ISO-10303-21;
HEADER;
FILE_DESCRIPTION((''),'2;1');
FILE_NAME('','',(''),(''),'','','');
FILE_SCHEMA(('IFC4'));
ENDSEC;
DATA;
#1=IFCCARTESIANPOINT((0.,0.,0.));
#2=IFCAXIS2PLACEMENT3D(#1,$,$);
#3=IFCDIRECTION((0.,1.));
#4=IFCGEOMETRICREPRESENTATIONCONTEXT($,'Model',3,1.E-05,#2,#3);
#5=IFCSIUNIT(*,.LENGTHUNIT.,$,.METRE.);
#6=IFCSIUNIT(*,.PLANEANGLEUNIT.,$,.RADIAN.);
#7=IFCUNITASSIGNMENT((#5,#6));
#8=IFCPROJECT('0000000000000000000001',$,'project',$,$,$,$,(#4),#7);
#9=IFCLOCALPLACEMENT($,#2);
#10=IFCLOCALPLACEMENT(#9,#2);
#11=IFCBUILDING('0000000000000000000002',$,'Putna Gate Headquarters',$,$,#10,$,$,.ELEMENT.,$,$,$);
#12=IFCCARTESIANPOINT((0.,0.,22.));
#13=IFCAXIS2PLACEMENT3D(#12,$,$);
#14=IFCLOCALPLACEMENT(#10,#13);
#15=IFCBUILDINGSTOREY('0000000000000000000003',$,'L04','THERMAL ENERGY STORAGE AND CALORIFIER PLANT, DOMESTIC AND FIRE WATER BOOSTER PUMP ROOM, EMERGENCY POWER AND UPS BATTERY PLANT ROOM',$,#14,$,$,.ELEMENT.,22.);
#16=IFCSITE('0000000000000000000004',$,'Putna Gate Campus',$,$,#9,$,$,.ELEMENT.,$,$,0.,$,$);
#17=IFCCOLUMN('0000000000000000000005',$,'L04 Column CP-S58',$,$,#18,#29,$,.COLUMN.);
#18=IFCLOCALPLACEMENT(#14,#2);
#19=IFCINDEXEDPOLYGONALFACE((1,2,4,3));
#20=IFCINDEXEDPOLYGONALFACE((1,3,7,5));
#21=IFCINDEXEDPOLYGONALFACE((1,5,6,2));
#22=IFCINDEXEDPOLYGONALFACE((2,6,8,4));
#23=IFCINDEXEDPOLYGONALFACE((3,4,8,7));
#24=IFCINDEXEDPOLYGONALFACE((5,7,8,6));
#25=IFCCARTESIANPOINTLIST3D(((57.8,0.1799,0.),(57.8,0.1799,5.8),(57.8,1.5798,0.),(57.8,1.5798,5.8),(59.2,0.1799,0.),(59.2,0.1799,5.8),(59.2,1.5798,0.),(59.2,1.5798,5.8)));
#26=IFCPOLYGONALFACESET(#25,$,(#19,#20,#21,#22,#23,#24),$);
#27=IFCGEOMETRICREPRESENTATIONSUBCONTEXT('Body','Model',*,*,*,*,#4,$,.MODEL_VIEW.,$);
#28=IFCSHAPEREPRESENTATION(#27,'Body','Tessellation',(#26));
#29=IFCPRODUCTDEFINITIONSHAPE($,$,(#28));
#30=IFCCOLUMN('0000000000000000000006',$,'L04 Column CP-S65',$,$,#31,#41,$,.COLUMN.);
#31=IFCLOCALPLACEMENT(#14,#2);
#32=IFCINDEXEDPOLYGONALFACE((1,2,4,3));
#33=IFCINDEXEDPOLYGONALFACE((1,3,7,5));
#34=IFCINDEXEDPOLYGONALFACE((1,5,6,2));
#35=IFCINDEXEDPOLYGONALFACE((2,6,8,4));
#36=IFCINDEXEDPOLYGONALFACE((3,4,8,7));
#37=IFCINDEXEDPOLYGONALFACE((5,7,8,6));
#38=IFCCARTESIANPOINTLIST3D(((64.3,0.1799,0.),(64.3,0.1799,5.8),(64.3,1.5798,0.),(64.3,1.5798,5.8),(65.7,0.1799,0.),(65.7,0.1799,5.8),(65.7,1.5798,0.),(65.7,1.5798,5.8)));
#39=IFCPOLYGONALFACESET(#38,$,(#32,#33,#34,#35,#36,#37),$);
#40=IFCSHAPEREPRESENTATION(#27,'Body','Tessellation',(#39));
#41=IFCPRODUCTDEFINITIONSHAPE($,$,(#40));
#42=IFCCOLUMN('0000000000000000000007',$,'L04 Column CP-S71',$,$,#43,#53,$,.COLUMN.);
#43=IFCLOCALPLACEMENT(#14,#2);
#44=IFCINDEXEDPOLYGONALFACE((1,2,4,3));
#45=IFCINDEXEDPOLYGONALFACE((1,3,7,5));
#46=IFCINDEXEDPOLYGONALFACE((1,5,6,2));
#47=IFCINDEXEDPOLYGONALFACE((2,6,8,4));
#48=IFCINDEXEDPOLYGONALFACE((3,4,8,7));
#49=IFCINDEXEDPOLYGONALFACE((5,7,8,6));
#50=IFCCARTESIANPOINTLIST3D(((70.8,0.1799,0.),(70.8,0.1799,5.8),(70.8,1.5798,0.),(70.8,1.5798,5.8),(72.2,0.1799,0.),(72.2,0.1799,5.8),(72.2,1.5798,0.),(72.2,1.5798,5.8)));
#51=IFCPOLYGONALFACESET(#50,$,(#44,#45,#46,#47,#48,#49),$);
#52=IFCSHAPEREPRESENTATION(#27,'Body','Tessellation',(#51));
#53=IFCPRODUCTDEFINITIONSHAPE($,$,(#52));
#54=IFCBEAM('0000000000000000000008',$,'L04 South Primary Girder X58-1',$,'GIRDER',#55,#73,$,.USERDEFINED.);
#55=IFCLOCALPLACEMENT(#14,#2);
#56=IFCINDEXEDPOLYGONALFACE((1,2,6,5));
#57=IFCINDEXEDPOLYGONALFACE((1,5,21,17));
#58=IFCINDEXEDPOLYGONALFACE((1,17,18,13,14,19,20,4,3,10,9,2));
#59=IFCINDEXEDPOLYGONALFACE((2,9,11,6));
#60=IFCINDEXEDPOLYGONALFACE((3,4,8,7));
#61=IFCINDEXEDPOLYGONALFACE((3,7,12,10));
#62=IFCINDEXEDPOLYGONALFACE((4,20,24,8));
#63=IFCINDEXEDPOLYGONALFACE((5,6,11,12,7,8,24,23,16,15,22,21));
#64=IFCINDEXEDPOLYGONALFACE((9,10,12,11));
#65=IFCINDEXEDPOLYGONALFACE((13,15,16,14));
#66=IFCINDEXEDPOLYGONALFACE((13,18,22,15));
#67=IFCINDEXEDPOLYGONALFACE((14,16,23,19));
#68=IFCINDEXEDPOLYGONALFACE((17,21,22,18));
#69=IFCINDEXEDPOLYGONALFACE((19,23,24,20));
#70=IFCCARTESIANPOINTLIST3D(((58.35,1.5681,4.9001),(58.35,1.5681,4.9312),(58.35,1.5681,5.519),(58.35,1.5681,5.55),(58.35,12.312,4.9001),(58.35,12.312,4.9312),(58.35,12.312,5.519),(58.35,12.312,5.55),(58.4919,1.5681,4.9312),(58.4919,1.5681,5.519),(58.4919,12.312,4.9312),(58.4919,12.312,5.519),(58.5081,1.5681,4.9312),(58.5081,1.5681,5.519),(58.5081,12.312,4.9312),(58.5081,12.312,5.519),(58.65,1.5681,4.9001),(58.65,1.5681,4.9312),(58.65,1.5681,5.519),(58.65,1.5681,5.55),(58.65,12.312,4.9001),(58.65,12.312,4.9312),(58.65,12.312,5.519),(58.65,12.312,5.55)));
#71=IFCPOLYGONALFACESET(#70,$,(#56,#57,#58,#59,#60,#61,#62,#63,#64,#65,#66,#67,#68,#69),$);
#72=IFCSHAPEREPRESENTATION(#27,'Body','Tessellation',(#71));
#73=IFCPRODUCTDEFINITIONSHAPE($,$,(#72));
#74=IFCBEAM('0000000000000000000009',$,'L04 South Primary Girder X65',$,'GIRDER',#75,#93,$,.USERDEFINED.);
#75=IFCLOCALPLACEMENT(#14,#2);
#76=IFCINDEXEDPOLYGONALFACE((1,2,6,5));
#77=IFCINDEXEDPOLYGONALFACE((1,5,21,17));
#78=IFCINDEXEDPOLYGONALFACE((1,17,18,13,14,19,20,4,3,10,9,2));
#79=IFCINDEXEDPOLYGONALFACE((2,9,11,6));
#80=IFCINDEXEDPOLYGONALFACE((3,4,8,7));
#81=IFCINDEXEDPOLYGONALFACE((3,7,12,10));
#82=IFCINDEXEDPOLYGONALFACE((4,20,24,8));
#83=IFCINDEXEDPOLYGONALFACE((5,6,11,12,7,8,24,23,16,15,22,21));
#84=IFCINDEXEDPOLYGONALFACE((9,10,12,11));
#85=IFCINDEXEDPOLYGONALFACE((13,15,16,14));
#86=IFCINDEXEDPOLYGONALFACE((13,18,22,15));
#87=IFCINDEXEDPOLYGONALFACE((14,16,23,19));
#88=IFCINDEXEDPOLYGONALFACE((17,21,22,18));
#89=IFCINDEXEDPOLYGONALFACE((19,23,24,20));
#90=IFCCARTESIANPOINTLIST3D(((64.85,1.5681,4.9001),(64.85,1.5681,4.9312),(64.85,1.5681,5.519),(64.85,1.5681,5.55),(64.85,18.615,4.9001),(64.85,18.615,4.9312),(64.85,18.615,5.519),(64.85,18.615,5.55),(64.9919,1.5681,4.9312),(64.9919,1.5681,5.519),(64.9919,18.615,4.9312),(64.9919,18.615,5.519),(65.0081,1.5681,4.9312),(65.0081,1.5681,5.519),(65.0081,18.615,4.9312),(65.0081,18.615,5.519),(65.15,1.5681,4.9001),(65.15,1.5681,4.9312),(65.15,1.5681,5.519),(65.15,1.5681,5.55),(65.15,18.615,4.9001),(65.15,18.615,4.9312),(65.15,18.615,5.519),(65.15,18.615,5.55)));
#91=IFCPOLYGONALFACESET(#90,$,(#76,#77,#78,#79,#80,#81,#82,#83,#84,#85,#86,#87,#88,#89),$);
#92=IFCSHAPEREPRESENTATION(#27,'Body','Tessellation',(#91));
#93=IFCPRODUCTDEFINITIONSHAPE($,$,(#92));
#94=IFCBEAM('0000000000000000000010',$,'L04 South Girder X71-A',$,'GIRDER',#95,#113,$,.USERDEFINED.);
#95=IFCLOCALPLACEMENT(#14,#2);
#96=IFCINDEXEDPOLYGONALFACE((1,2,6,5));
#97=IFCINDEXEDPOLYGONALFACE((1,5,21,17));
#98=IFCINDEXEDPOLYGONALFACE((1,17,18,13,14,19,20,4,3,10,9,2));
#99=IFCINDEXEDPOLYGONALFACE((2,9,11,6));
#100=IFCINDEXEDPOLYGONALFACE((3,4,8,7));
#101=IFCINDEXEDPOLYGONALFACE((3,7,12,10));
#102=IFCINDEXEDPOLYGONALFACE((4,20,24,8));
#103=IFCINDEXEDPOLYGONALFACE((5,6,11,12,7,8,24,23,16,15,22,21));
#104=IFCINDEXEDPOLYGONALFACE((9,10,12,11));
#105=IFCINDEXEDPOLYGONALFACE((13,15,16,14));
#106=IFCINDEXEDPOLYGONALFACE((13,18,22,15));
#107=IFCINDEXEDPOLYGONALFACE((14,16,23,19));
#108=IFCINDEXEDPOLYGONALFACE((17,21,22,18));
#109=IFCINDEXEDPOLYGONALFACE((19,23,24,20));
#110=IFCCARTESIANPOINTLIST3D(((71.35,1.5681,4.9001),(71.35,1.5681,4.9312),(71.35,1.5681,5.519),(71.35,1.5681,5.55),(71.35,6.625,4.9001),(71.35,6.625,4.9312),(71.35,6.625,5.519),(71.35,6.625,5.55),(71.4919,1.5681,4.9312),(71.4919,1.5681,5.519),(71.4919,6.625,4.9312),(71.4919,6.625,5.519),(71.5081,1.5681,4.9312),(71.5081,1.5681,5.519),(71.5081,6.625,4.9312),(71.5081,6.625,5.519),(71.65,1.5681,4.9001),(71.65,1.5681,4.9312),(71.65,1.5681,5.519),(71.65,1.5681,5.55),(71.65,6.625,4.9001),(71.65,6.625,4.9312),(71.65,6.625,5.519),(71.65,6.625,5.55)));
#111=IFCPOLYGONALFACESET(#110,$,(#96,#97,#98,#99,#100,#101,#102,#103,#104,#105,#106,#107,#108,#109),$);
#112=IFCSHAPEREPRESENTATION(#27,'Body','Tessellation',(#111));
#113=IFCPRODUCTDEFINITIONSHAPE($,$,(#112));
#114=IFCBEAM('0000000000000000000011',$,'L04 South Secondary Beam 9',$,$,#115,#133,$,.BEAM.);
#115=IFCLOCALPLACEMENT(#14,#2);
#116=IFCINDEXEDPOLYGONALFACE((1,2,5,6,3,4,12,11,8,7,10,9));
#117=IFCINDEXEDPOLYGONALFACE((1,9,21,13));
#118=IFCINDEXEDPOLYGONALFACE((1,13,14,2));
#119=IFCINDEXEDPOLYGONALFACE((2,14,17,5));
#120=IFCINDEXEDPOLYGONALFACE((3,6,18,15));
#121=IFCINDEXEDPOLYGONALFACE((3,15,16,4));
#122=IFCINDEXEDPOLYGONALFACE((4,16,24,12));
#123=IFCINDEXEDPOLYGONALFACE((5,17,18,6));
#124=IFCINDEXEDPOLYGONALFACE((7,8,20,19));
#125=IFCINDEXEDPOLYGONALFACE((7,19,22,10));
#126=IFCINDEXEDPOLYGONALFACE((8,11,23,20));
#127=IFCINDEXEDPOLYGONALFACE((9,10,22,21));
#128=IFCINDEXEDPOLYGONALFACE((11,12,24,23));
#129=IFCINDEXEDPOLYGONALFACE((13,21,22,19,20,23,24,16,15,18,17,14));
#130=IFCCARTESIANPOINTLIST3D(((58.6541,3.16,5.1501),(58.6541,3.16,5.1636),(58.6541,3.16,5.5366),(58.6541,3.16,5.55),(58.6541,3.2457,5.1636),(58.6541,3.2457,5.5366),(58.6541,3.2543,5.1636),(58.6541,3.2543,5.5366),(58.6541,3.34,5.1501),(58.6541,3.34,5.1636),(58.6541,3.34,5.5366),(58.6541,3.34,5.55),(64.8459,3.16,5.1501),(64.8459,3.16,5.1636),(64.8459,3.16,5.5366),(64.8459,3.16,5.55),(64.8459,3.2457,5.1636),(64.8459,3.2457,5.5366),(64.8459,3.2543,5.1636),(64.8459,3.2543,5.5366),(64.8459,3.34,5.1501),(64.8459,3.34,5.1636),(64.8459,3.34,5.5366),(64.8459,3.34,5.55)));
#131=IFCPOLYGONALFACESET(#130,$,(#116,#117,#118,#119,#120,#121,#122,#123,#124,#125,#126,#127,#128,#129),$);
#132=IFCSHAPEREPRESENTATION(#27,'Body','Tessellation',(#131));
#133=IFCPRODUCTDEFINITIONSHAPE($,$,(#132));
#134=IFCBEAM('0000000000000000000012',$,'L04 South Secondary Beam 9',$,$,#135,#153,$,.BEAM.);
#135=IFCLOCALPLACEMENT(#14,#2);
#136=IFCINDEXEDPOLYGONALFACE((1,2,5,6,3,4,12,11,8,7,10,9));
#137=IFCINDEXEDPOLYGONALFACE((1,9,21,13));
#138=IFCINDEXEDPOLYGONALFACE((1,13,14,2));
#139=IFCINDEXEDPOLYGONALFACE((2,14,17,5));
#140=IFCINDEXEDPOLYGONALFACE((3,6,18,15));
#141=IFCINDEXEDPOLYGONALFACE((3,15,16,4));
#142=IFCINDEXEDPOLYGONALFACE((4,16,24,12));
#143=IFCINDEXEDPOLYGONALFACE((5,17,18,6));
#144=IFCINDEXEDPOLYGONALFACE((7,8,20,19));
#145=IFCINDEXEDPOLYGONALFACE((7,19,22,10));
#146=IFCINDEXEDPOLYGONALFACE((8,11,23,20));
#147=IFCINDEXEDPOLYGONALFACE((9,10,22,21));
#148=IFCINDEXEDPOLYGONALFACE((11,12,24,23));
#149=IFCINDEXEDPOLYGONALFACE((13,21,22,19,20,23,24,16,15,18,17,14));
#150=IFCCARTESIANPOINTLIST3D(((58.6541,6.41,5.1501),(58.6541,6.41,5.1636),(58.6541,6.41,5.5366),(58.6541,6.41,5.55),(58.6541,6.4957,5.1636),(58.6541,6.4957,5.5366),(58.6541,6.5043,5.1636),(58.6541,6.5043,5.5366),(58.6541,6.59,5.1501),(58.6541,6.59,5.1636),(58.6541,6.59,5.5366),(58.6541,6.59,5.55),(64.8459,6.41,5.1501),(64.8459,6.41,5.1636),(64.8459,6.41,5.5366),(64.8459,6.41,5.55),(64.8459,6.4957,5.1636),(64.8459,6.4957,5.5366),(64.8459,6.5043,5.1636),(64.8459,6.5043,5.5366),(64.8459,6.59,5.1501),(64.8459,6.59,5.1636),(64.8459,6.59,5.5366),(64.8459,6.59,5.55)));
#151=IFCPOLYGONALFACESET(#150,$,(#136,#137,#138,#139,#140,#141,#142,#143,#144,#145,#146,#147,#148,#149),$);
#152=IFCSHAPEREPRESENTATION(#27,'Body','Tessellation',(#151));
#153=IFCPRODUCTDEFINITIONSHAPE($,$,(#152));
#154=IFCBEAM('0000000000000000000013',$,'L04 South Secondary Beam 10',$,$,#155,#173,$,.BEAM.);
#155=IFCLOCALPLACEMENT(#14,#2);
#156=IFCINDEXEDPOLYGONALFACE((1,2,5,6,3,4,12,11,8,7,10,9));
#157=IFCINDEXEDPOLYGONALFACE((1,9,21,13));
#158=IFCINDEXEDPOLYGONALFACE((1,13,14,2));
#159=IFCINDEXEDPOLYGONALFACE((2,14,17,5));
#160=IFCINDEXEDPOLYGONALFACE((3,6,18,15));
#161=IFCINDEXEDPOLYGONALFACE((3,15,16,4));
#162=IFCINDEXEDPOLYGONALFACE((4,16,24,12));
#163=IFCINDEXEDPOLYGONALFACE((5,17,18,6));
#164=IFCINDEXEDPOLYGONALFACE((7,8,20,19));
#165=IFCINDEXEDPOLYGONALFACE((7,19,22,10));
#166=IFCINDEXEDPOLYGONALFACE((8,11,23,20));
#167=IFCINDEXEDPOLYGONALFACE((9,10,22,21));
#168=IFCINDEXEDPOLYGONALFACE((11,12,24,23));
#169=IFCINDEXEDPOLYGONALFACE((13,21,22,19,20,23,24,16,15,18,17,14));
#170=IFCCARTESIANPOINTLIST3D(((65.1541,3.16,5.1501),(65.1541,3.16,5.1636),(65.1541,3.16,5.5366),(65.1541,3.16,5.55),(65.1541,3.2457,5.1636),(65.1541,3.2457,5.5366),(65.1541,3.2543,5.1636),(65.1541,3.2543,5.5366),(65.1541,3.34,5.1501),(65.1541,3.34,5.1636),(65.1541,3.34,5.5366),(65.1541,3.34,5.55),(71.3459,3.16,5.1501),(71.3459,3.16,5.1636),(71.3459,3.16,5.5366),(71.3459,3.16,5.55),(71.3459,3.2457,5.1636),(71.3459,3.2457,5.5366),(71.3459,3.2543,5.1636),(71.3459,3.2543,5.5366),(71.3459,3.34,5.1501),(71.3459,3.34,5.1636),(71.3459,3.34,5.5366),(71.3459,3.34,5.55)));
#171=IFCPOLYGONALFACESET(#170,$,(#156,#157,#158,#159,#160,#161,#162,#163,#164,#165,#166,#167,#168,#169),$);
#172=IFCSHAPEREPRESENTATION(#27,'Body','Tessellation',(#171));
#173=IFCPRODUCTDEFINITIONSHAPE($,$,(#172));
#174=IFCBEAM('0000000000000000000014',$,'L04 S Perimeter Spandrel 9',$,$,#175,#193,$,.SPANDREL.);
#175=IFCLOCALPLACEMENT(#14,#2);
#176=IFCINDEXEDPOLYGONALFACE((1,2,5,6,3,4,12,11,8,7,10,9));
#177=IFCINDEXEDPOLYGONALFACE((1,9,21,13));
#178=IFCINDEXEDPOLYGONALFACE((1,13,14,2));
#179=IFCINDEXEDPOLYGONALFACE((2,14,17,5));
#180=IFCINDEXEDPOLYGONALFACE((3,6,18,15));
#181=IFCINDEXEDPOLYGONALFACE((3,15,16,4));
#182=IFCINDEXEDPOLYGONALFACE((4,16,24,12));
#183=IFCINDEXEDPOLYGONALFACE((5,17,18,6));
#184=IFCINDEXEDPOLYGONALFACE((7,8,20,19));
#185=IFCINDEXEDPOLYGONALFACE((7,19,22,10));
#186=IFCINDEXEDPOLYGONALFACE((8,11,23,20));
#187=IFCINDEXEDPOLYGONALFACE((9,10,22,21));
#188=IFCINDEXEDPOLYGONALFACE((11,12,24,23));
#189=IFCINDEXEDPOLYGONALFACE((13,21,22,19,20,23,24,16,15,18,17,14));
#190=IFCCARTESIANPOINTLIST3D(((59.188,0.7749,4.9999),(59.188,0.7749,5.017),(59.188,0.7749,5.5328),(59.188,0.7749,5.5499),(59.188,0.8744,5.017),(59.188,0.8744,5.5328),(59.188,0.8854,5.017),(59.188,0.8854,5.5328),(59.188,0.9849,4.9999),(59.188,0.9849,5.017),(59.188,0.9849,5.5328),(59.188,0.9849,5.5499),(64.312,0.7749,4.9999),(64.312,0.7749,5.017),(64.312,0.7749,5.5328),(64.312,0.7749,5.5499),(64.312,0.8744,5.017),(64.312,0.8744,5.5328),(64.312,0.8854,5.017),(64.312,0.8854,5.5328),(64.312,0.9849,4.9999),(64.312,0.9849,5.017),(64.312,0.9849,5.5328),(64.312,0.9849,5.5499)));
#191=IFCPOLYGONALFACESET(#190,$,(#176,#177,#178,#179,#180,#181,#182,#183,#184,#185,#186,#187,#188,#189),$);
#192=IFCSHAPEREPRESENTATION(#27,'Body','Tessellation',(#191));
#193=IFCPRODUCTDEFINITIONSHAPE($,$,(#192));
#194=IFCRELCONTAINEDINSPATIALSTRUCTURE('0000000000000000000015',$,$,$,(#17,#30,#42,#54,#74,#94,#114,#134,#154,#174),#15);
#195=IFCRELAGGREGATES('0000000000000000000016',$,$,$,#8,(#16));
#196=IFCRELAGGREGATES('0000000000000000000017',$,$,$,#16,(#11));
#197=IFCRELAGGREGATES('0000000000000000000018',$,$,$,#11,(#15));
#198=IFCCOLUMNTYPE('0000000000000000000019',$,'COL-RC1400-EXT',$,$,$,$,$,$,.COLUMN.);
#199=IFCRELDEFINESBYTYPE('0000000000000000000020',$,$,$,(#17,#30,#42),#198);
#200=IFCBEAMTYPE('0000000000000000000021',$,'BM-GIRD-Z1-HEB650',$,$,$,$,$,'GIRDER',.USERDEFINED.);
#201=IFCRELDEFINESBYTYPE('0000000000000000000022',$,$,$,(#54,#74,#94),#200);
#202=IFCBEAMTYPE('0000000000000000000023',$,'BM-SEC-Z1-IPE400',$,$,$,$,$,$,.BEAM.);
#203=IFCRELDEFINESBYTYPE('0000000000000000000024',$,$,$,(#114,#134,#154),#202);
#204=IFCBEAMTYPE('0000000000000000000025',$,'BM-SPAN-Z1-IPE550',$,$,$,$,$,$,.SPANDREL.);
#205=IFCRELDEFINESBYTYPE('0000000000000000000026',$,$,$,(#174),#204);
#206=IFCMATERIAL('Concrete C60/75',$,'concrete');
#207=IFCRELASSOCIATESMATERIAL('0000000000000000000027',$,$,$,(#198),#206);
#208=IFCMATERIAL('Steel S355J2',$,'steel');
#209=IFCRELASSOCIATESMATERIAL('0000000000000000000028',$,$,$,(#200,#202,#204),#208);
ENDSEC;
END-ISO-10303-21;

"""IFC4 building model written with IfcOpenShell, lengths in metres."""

from ifc_helpers import new_model, si_unit, direction, frame, origin, origin_2d, place, context, subcontext, project, spatial, rectangle, i_section, extrude, material, material_profile, profile_set, type_object, element, save


model = new_model("IFC4")

# Units and contexts
model_context = context("Model", 3, precision=1e-05, world=origin(), true_north=direction((0.0, 1.0)))
body_context = subcontext(model_context, "Body", "Model", "MODEL_VIEW")
ifc_project = project(units=[si_unit("LENGTHUNIT", "METRE"), si_unit("PLANEANGLEUNIT", "RADIAN")], contexts=[model_context])

# Site, building, storey
site_placement = place(None, origin())
site = spatial("IfcSite", under=ifc_project, at=site_placement, Name="Putna Gate Campus", CompositionType="ELEMENT", RefElevation=0.0)
building_placement = place(site_placement, origin())
building = spatial("IfcBuilding", under=site, at=building_placement, Name="Putna Gate Headquarters", CompositionType="ELEMENT")
storey_placement = place(building_placement, frame((0.0, 0.0, 22.0)))
storey = spatial("IfcBuildingStorey", under=building, at=storey_placement, Name="L04", Description="THERMAL ENERGY STORAGE AND CALORIFIER PLANT, DOMESTIC AND FIRE WATER BOOSTER PUMP ROOM, EMERGENCY POWER AND UPS BATTERY PLANT ROOM", CompositionType="ELEMENT", Elevation=22.0)

# Columns
ifc_material_1 = material(Name="Concrete C60/75", Category="concrete")
ifc_material_profile_1 = material_profile(ifc_material_1, rectangle(XDim=1.3999, YDim=1.3999, at=origin_2d()), Name="Concrete C60/75")
ifc_profile_set_1 = profile_set([ifc_material_profile_1], Name="Concrete C60/75")
column_type = type_object("IfcColumnType", Name="COL-RC1400-EXT", PredefinedType="COLUMN", material=ifc_profile_set_1)
for number, where, z_axis, x_axis, name in (
    (1, (58.5, 0.8799, 0.0), (0.0, 0.0, 1.0), (1.0, 0.0, 0.0), "L04 Column CP-S58"),
    (2, (65.0, 0.8799, 0.0), (0.0, 0.0, 1.0), (1.0, 0.0, 0.0), "L04 Column CP-S65"),
    (3, (71.5, 0.8799, 0.0), (0.0, 0.0, 1.0), (1.0, 0.0, 0.0), "L04 Column CP-S71"),
):
    element("IfcColumn", number, at=place(storey_placement, frame(where, z_axis=z_axis, x_axis=x_axis)), inside=storey, type_object=column_type, Name=name, PredefinedType="COLUMN", context=body_context, shape_type="SweptSolid", body=[
        extrude(rectangle(XDim=1.3999, YDim=1.3999, at=origin_2d()), origin(), (0.0, 0.0, 1.0), 5.8),
    ])

# Beams
ifc_material_2 = material(Name="Steel S355J2", Category="steel")
ifc_material_profile_2 = material_profile(ifc_material_2, i_section(OverallWidth=0.3, OverallDepth=0.6499, WebThickness=0.0161, FlangeThickness=0.031, at=origin_2d()), Name="Steel S355J2")
ifc_profile_set_2 = profile_set([ifc_material_profile_2], Name="Steel S355J2")
beam_type_1 = type_object("IfcBeamType", Name="BM-GIRD-Z1-HEB650", ElementType="GIRDER", PredefinedType="USERDEFINED", material=ifc_profile_set_2)
beam_1_placement = place(storey_placement, frame((58.5, 1.5681, 5.2251), z_axis=(0.0, 1.0, 0.0), x_axis=(-1.0, 0.0, 0.0)))
element("IfcBeam", 4, at=beam_1_placement, inside=storey, type_object=beam_type_1, Name="L04 South Primary Girder X58-1", ObjectType="GIRDER", PredefinedType="USERDEFINED", context=body_context, shape_type="SweptSolid", body=[
    extrude(i_section(OverallWidth=0.3, OverallDepth=0.6499, WebThickness=0.0161, FlangeThickness=0.031, at=origin_2d()), origin(), (0.0, 0.0, 1.0), 10.7439),
])
beam_2_placement = place(storey_placement, frame((65.0, 1.5681, 5.2251), z_axis=(0.0, 1.0, 0.0), x_axis=(-1.0, 0.0, 0.0)))
element("IfcBeam", 5, at=beam_2_placement, inside=storey, type_object=beam_type_1, Name="L04 South Primary Girder X65", ObjectType="GIRDER", PredefinedType="USERDEFINED", context=body_context, shape_type="SweptSolid", body=[
    extrude(i_section(OverallWidth=0.3, OverallDepth=0.6499, WebThickness=0.0161, FlangeThickness=0.031, at=origin_2d()), origin(), (0.0, 0.0, 1.0), 17.0469),
])
beam_3_placement = place(storey_placement, frame((71.5, 1.5681, 5.2251), z_axis=(0.0, 1.0, 0.0), x_axis=(-1.0, 0.0, 0.0)))
element("IfcBeam", 6, at=beam_3_placement, inside=storey, type_object=beam_type_1, Name="L04 South Girder X71-A", ObjectType="GIRDER", PredefinedType="USERDEFINED", context=body_context, shape_type="SweptSolid", body=[
    extrude(i_section(OverallWidth=0.3, OverallDepth=0.6499, WebThickness=0.0161, FlangeThickness=0.031, at=origin_2d()), origin(), (0.0, 0.0, 1.0), 5.0569),
])
ifc_material_profile_3 = material_profile(ifc_material_2, i_section(OverallWidth=0.1799, OverallDepth=0.3999, WebThickness=0.0085, FlangeThickness=0.0134, at=origin_2d()), Name="Steel S355J2")
ifc_profile_set_3 = profile_set([ifc_material_profile_3], Name="Steel S355J2")
beam_type_2 = type_object("IfcBeamType", Name="BM-SEC-Z1-IPE400", PredefinedType="BEAM", material=ifc_profile_set_3)
for number, where, z_axis, x_axis, name in (
    (7, (58.6541, 3.25, 5.3501), (1.0, 0.0, 0.0), (0.0, 1.0, 0.0), "L04 South Secondary Beam 9"),
    (8, (58.6541, 6.5, 5.3501), (1.0, 0.0, 0.0), (0.0, 1.0, 0.0), "L04 South Secondary Beam 9"),
    (9, (65.1541, 3.25, 5.3501), (1.0, 0.0, 0.0), (0.0, 1.0, 0.0), "L04 South Secondary Beam 10"),
):
    element("IfcBeam", number, at=place(storey_placement, frame(where, z_axis=z_axis, x_axis=x_axis)), inside=storey, type_object=beam_type_2, Name=name, PredefinedType="BEAM", context=body_context, shape_type="SweptSolid", body=[
        extrude(i_section(OverallWidth=0.1799, OverallDepth=0.3999, WebThickness=0.0085, FlangeThickness=0.0134, at=origin_2d()), origin(), (0.0, 0.0, 1.0), 6.1919),
    ])
ifc_material_profile_4 = material_profile(ifc_material_2, i_section(OverallWidth=0.21, OverallDepth=0.55, WebThickness=0.011, FlangeThickness=0.0171, at=origin_2d()), Name="Steel S355J2")
ifc_profile_set_4 = profile_set([ifc_material_profile_4], Name="Steel S355J2")
beam_type_3 = type_object("IfcBeamType", Name="BM-SPAN-Z1-IPE550", PredefinedType="SPANDREL", material=ifc_profile_set_4)
for number, where, z_axis, x_axis, name in (
    (10, (59.188, 0.8799, 5.2749), (1.0, 0.0, 0.0), (0.0, 1.0, 0.0), "L04 S Perimeter Spandrel 9"),
):
    element("IfcBeam", number, at=place(storey_placement, frame(where, z_axis=z_axis, x_axis=x_axis)), inside=storey, type_object=beam_type_3, Name=name, PredefinedType="SPANDREL", context=body_context, shape_type="SweptSolid", body=[
        extrude(i_section(OverallWidth=0.21, OverallDepth=0.55, WebThickness=0.011, FlangeThickness=0.0171, at=origin_2d()), origin(), (0.0, 0.0, 1.0), 5.124),
    ])

save(model, "model.ifc")
